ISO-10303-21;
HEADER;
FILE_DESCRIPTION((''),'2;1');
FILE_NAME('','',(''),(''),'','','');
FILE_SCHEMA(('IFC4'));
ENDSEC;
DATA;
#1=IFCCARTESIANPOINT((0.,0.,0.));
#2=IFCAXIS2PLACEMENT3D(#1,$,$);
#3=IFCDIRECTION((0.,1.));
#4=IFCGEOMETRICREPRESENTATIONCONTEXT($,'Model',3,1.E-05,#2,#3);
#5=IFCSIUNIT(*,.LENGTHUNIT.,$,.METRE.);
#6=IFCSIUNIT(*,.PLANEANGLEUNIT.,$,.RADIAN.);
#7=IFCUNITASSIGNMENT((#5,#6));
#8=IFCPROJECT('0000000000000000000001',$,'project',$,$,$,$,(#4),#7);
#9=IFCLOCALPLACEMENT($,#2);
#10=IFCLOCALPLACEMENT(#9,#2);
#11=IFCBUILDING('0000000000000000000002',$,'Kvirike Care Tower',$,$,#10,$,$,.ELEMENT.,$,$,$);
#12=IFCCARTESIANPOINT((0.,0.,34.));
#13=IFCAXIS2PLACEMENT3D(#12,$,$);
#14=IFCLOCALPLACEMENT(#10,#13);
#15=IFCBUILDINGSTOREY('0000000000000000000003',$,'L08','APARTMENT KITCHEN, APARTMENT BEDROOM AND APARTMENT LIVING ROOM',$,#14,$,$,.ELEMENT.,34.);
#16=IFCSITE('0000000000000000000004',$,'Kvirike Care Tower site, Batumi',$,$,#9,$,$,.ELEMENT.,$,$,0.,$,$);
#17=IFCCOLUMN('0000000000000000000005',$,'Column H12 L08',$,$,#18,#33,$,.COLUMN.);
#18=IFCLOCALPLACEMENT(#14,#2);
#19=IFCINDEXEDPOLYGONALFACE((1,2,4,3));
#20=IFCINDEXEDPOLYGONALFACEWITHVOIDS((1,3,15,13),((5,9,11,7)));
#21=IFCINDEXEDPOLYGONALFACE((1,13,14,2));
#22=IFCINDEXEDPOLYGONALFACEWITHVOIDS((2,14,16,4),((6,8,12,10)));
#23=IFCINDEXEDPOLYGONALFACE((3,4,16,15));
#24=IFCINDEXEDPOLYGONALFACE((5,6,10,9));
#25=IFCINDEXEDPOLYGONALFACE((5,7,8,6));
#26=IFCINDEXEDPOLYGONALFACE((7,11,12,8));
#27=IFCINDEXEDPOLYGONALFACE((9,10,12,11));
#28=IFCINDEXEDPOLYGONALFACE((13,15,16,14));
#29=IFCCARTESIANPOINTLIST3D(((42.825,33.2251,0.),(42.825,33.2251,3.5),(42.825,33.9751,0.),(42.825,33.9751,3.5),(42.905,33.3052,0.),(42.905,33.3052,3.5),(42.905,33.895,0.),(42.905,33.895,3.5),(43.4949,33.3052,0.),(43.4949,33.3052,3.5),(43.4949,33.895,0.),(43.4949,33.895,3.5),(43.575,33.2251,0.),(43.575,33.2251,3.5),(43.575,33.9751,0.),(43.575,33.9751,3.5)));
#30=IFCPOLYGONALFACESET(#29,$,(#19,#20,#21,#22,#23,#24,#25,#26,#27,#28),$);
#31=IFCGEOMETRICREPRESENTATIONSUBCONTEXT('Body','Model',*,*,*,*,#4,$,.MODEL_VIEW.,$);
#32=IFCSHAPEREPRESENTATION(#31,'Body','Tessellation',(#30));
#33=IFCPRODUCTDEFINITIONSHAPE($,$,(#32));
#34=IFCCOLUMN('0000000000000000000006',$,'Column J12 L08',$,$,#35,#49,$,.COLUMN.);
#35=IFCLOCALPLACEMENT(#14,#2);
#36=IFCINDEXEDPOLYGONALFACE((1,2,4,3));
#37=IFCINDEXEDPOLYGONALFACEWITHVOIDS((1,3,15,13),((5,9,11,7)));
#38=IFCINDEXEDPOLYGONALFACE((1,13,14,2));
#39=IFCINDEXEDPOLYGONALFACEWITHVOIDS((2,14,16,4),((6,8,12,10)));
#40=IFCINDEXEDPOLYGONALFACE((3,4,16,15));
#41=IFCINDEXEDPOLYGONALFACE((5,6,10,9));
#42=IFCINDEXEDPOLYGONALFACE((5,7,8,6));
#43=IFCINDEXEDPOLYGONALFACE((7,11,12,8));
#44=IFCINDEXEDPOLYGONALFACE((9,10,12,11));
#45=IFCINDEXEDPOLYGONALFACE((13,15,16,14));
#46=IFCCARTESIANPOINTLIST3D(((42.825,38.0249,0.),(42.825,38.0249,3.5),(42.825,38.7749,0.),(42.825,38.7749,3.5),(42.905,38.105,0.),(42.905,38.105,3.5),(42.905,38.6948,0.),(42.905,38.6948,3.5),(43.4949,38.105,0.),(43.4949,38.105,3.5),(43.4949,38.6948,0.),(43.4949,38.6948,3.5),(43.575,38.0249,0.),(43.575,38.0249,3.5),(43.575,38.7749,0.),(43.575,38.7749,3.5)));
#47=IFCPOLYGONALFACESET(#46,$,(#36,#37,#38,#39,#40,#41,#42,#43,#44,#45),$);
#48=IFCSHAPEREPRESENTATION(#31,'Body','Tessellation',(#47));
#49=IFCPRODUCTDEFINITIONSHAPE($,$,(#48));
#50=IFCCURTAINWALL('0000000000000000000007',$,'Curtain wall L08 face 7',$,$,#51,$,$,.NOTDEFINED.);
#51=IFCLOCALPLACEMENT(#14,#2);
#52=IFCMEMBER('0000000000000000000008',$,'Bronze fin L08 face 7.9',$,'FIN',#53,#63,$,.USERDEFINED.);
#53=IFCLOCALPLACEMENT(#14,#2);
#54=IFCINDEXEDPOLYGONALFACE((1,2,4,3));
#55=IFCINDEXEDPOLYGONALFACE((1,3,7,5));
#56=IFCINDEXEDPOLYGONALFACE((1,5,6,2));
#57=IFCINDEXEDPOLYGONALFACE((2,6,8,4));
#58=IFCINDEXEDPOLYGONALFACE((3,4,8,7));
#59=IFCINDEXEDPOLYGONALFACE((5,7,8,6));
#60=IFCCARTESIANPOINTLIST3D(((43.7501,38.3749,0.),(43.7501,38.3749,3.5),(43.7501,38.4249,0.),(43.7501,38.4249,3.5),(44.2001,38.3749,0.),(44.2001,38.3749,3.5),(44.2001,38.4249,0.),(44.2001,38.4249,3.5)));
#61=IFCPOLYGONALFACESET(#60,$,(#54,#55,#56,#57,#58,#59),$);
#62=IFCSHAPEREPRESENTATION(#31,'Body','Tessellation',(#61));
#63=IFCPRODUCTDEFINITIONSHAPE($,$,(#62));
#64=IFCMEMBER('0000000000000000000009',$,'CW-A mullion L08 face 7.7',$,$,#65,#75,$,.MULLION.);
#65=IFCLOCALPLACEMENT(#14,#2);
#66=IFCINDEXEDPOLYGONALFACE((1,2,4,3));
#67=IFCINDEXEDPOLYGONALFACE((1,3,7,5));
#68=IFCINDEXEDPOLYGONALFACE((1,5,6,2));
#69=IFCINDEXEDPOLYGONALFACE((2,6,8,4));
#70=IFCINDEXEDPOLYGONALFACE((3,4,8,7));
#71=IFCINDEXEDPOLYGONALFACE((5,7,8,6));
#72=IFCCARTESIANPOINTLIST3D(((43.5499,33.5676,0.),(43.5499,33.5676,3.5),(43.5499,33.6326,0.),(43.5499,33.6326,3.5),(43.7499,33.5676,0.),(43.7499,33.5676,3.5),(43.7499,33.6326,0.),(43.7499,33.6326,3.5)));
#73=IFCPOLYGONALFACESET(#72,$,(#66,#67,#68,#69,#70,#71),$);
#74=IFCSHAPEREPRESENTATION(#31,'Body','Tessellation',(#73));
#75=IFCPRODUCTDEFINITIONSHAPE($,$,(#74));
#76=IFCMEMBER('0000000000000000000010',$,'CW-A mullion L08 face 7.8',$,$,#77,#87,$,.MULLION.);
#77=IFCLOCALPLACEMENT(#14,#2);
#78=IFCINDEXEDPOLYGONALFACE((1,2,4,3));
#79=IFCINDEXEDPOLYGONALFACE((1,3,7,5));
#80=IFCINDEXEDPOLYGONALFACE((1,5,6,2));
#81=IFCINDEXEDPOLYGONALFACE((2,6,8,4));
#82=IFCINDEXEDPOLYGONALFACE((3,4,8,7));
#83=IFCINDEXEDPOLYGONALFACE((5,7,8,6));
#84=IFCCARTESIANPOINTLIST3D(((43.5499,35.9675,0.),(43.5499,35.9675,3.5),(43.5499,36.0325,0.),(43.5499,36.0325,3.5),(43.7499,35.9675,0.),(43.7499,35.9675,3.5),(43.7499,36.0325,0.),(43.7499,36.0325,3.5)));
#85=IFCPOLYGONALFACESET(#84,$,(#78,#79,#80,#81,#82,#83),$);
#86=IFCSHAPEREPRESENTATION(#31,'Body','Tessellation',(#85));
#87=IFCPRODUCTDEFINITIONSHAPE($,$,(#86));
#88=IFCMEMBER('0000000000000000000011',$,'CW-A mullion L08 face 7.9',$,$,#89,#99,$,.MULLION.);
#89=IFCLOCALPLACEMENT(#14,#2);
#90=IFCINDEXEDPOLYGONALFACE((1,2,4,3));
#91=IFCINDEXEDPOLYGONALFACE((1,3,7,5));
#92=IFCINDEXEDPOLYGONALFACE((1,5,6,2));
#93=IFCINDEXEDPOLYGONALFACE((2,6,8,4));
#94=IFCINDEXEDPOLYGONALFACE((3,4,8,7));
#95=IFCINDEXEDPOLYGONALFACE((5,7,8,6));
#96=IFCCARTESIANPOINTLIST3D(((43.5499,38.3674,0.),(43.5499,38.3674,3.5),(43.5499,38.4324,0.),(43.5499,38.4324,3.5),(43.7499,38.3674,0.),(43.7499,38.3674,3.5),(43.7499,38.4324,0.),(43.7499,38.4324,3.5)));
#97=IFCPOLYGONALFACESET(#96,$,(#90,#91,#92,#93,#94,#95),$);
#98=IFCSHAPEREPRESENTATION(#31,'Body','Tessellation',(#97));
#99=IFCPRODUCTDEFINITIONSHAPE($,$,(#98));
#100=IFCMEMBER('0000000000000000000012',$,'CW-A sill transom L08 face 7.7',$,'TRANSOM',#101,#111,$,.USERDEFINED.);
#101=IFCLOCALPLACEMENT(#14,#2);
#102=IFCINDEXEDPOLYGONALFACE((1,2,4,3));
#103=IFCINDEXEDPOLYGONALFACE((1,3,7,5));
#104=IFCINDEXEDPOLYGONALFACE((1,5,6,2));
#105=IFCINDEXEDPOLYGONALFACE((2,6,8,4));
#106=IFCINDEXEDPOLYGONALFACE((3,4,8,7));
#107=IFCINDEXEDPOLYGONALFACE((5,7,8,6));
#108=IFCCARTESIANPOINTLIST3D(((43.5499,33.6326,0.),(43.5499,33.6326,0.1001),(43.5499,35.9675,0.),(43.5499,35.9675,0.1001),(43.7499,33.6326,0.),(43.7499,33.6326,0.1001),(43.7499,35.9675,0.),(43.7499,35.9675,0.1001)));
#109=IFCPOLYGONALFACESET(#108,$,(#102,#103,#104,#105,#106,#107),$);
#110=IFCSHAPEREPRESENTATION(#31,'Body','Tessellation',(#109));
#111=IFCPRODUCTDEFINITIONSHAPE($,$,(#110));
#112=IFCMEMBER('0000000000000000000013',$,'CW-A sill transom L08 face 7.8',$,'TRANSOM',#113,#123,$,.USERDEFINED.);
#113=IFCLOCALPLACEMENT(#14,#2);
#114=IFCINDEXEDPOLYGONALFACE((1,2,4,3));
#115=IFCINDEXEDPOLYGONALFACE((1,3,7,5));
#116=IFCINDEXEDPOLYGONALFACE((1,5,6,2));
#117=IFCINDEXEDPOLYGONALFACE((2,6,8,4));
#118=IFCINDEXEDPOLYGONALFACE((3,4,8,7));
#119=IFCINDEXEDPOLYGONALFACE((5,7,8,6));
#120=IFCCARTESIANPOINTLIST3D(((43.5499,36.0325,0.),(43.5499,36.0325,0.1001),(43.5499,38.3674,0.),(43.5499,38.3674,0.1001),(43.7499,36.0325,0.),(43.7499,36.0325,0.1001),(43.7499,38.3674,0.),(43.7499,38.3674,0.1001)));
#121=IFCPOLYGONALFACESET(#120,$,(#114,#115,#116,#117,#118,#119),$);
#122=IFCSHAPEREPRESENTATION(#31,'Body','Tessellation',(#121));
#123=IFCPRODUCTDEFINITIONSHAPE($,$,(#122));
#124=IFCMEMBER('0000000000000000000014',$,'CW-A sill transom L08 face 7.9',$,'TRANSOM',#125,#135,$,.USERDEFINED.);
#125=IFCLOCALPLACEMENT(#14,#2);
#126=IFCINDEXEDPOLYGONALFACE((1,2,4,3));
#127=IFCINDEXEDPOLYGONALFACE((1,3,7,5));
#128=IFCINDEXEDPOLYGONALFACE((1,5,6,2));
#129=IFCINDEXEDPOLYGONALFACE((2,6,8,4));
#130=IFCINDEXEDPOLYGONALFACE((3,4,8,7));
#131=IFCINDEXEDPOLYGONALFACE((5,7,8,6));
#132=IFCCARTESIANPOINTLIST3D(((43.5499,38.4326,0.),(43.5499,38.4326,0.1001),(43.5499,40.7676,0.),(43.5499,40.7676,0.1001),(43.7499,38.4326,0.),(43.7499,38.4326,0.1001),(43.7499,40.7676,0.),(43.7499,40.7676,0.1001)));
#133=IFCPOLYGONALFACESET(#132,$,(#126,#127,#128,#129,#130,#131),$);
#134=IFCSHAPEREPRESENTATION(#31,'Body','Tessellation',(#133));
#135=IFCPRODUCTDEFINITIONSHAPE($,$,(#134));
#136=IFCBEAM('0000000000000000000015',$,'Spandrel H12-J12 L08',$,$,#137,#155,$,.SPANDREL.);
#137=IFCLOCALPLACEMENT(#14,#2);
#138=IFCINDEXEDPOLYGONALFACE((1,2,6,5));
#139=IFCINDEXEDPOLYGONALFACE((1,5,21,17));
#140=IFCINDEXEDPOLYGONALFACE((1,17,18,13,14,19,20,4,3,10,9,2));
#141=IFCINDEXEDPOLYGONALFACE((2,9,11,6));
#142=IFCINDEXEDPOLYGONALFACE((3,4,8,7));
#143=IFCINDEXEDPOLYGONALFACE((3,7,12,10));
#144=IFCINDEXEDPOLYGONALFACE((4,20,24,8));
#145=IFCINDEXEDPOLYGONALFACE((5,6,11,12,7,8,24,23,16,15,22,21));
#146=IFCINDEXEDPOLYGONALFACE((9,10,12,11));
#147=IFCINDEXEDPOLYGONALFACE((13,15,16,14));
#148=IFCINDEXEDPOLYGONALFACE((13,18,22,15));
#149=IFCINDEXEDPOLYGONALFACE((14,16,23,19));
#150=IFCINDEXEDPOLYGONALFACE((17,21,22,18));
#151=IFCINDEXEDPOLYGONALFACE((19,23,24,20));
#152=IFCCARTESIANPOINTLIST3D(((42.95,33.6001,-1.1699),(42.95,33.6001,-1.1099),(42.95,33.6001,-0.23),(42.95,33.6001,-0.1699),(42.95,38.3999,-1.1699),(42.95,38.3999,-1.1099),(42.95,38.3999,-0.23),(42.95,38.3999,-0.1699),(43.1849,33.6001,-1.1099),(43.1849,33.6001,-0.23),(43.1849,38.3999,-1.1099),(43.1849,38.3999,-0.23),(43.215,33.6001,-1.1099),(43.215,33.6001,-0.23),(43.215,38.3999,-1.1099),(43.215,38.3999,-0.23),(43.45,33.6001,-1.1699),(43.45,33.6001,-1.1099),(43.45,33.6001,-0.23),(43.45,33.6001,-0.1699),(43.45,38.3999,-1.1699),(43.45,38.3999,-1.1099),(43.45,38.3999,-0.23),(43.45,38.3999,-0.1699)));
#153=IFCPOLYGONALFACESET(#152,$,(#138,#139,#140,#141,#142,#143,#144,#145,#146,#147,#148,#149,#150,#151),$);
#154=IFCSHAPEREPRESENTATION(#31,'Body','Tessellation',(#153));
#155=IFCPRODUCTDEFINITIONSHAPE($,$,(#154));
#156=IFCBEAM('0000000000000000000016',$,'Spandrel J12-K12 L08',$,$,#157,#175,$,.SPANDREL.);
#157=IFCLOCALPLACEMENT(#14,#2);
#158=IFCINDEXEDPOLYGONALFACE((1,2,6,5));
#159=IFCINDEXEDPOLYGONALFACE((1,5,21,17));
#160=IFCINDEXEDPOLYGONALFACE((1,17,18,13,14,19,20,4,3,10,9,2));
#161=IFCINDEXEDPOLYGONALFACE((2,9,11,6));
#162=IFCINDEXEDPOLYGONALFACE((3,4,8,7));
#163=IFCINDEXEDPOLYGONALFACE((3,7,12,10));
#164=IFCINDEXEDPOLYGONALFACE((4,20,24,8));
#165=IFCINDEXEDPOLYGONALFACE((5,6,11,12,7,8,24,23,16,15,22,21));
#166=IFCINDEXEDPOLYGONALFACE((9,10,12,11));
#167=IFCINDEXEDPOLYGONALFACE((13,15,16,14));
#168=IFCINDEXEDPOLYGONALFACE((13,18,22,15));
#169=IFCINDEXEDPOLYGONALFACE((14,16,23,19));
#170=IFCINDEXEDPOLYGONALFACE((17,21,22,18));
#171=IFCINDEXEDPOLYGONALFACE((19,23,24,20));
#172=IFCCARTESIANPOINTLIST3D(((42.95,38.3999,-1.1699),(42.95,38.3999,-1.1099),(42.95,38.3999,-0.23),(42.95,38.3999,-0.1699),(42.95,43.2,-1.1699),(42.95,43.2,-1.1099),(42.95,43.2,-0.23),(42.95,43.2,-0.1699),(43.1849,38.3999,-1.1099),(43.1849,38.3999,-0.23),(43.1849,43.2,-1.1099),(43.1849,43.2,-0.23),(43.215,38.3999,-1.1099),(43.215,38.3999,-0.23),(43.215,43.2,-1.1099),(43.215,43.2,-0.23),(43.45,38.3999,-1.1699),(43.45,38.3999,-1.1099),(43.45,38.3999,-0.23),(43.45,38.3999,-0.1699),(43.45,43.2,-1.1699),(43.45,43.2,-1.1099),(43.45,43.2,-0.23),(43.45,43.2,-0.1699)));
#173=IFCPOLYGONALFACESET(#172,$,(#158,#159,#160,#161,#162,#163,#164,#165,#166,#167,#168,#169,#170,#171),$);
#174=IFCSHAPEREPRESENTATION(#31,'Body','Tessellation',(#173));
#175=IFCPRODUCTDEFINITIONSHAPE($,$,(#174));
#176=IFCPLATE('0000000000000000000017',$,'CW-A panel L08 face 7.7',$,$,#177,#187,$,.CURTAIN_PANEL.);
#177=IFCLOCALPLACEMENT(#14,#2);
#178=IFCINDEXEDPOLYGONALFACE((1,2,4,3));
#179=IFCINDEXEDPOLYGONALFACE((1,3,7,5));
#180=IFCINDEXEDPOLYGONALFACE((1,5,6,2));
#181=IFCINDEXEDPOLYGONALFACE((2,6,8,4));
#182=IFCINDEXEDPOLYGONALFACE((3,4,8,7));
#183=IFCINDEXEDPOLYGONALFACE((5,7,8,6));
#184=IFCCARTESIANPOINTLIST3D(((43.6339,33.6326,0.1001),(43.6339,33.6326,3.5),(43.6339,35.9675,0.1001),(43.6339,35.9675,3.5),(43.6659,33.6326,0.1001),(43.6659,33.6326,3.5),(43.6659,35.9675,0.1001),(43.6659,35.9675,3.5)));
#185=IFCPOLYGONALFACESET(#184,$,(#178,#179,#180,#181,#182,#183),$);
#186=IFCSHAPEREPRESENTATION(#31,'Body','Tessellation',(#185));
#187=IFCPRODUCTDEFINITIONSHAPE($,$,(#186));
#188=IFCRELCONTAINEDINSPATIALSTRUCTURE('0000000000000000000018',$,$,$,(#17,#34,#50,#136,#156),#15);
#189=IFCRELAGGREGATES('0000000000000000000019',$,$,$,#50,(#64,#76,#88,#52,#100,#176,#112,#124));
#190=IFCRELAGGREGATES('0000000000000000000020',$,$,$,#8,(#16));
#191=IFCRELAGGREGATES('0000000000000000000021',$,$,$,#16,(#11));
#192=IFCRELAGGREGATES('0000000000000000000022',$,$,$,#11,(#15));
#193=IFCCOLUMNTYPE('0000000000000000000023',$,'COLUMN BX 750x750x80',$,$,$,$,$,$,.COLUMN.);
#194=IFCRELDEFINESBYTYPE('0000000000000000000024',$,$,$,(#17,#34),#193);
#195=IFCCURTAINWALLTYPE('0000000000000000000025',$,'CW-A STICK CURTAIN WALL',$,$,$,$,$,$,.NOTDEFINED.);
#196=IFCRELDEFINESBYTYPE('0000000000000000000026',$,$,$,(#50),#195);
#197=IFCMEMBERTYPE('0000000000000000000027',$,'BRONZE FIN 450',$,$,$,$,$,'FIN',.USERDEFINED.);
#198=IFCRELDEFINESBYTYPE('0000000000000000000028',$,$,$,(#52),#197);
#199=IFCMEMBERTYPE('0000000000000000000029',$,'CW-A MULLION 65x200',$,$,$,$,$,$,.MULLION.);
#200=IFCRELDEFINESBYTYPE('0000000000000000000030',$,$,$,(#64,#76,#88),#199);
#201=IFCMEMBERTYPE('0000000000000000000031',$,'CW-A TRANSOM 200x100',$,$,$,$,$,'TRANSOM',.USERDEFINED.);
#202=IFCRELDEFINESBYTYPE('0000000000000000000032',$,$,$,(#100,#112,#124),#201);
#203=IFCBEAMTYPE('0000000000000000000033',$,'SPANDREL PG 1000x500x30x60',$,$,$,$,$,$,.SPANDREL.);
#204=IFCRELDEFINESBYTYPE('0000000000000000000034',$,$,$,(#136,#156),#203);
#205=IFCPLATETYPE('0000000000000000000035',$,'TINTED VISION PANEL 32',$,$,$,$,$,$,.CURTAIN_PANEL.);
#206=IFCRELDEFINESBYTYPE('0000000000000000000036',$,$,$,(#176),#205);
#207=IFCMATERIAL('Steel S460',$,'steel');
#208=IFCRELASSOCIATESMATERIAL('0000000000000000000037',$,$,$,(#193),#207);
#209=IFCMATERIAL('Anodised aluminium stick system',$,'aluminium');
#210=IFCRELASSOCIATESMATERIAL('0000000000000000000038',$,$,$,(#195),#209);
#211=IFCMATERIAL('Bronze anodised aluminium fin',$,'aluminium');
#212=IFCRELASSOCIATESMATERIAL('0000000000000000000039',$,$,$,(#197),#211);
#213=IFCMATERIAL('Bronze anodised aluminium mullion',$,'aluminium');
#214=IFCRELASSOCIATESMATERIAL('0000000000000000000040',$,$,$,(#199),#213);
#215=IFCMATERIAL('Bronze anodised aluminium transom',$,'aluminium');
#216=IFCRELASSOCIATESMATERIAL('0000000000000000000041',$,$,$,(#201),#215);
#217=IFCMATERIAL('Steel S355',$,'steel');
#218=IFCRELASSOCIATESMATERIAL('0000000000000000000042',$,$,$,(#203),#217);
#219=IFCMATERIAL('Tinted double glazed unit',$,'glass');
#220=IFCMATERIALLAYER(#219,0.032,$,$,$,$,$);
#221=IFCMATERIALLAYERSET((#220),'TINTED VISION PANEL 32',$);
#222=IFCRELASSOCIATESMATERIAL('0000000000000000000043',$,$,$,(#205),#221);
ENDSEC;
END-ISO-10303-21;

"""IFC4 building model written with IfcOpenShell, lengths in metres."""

from ifc_helpers import new_model, si_unit, direction, frame, origin, origin_2d, place, context, subcontext, project, spatial, rectangle, hollow_rectangle, i_section, extrude, material, layer, layer_set, material_profile, profile_set, type_object, element, aggregate, save


model = new_model("IFC4")

# Units and contexts
model_context = context("Model", 3, precision=1e-05, world=origin(), true_north=direction((0.0, 1.0)))
body_context = subcontext(model_context, "Body", "Model", "MODEL_VIEW")
ifc_project = project(units=[si_unit("LENGTHUNIT", "METRE"), si_unit("PLANEANGLEUNIT", "RADIAN")], contexts=[model_context])

# Site, building, storey
site_placement = place(None, origin())
site = spatial("IfcSite", under=ifc_project, at=site_placement, Name="Kvirike Care Tower site, Batumi", CompositionType="ELEMENT", RefElevation=0.0)
building_placement = place(site_placement, origin())
building = spatial("IfcBuilding", under=site, at=building_placement, Name="Kvirike Care Tower", CompositionType="ELEMENT")
storey_placement = place(building_placement, frame((0.0, 0.0, 34.0)))
storey = spatial("IfcBuildingStorey", under=building, at=storey_placement, Name="L08", Description="APARTMENT KITCHEN, APARTMENT BEDROOM AND APARTMENT LIVING ROOM", CompositionType="ELEMENT", Elevation=34.0)

# Columns
ifc_material_1 = material(Name="Steel S460", Category="steel")
ifc_material_profile_1 = material_profile(ifc_material_1, hollow_rectangle(XDim=0.75, YDim=0.75, WallThickness=0.0801, at=origin_2d()), Name="BX 750x750x80")
ifc_profile_set_1 = profile_set([ifc_material_profile_1], Name="Steel S460")
column_type = type_object("IfcColumnType", Name="COLUMN BX 750x750x80", PredefinedType="COLUMN", material=ifc_profile_set_1)
for number, where, z_axis, x_axis, name in (
    (1, (43.2, 33.6001, 0.0), (0.0, 0.0, 1.0), (1.0, 0.0, 0.0), "Column H12 L08"),
    (2, (43.2, 38.3999, 0.0), (0.0, 0.0, 1.0), (1.0, 0.0, 0.0), "Column J12 L08"),
):
    element("IfcColumn", number, at=place(storey_placement, frame(where, z_axis=z_axis, x_axis=x_axis)), inside=storey, type_object=column_type, Name=name, PredefinedType="COLUMN", context=body_context, shape_type="SweptSolid", body=[
        extrude(hollow_rectangle(XDim=0.75, YDim=0.75, WallThickness=0.0801, at=origin_2d()), origin(), (0.0, 0.0, 1.0), 3.5),
    ])

# Curtain wall, members
ifc_material_2 = material(Name="Anodised aluminium stick system", Category="aluminium")
curtain_wall_type = type_object("IfcCurtainWallType", Name="CW-A STICK CURTAIN WALL", PredefinedType="NOTDEFINED", material=ifc_material_2)
curtain_wall_placement = place(storey_placement, origin())
curtain_wall = element("IfcCurtainWall", 3, at=curtain_wall_placement, inside=storey, type_object=curtain_wall_type, Name="Curtain wall L08 face 7", PredefinedType="NOTDEFINED")
ifc_material_3 = material(Name="Bronze anodised aluminium fin", Category="aluminium")
ifc_material_profile_2 = material_profile(ifc_material_3, rectangle(XDim=0.05, YDim=0.45, at=origin_2d()), Name="BRONZE FIN 450")
ifc_profile_set_2 = profile_set([ifc_material_profile_2], Name="Bronze anodised aluminium fin")
member_type_1 = type_object("IfcMemberType", Name="BRONZE FIN 450", ElementType="FIN", PredefinedType="USERDEFINED", material=ifc_profile_set_2)
member_1_placement = place(storey_placement, frame((43.9751, 38.3999, 0.0), z_axis=(0.0, 0.0, 1.0), x_axis=(0.0, 1.0, 0.0)))
member_1 = element("IfcMember", 4, at=member_1_placement, type_object=member_type_1, Name="Bronze fin L08 face 7.9", ObjectType="FIN", PredefinedType="USERDEFINED", context=body_context, shape_type="SweptSolid", body=[
    extrude(rectangle(XDim=0.05, YDim=0.45, at=origin_2d()), origin(), (0.0, 0.0, 1.0), 3.5),
])
ifc_material_4 = material(Name="Bronze anodised aluminium mullion", Category="aluminium")
ifc_material_profile_3 = material_profile(ifc_material_4, rectangle(XDim=0.0649, YDim=0.2, at=origin_2d()), Name="CW-A MULLION 65x200")
ifc_profile_set_3 = profile_set([ifc_material_profile_3], Name="Bronze anodised aluminium mullion")
member_type_2 = type_object("IfcMemberType", Name="CW-A MULLION 65x200", PredefinedType="MULLION", material=ifc_profile_set_3)
member_2_placement = place(storey_placement, frame((43.6499, 33.6001, 0.0), z_axis=(0.0, 0.0, 1.0), x_axis=(0.0, 1.0, 0.0)))
member_2 = element("IfcMember", 5, at=member_2_placement, type_object=member_type_2, Name="CW-A mullion L08 face 7.7", PredefinedType="MULLION", context=body_context, shape_type="SweptSolid", body=[
    extrude(rectangle(XDim=0.0649, YDim=0.2, at=origin_2d()), origin(), (0.0, 0.0, 1.0), 3.5),
])
member_3_placement = place(storey_placement, frame((43.6499, 36.0, 0.0), z_axis=(0.0, 0.0, 1.0), x_axis=(0.0, 1.0, 0.0)))
member_3 = element("IfcMember", 6, at=member_3_placement, type_object=member_type_2, Name="CW-A mullion L08 face 7.8", PredefinedType="MULLION", context=body_context, shape_type="SweptSolid", body=[
    extrude(rectangle(XDim=0.0649, YDim=0.2, at=origin_2d()), origin(), (0.0, 0.0, 1.0), 3.5),
])
member_4_placement = place(storey_placement, frame((43.6499, 38.3999, 0.0), z_axis=(0.0, 0.0, 1.0), x_axis=(0.0, 1.0, 0.0)))
member_4 = element("IfcMember", 7, at=member_4_placement, type_object=member_type_2, Name="CW-A mullion L08 face 7.9", PredefinedType="MULLION", context=body_context, shape_type="SweptSolid", body=[
    extrude(rectangle(XDim=0.0649, YDim=0.2, at=origin_2d()), origin(), (0.0, 0.0, 1.0), 3.5),
])
ifc_material_5 = material(Name="Bronze anodised aluminium transom", Category="aluminium")
ifc_material_profile_4 = material_profile(ifc_material_5, rectangle(XDim=0.2, YDim=0.1001, at=origin_2d()), Name="CW-A TRANSOM 200x100")
ifc_profile_set_4 = profile_set([ifc_material_profile_4], Name="Bronze anodised aluminium transom")
member_type_3 = type_object("IfcMemberType", Name="CW-A TRANSOM 200x100", ElementType="TRANSOM", PredefinedType="USERDEFINED", material=ifc_profile_set_4)
member_5_placement = place(storey_placement, frame((43.6499, 33.6326, 0.05), z_axis=(0.0, 1.0, 0.0), x_axis=(-1.0, 0.0, 0.0)))
member_5 = element("IfcMember", 8, at=member_5_placement, type_object=member_type_3, Name="CW-A sill transom L08 face 7.7", ObjectType="TRANSOM", PredefinedType="USERDEFINED", context=body_context, shape_type="SweptSolid", body=[
    extrude(rectangle(XDim=0.2, YDim=0.1001, at=origin_2d()), origin(), (0.0, 0.0, 1.0), 2.335),
])
member_6_placement = place(storey_placement, frame((43.6499, 36.0325, 0.05), z_axis=(0.0, 1.0, 0.0), x_axis=(-1.0, 0.0, 0.0)))
member_6 = element("IfcMember", 9, at=member_6_placement, type_object=member_type_3, Name="CW-A sill transom L08 face 7.8", ObjectType="TRANSOM", PredefinedType="USERDEFINED", context=body_context, shape_type="SweptSolid", body=[
    extrude(rectangle(XDim=0.2, YDim=0.1001, at=origin_2d()), origin(), (0.0, 0.0, 1.0), 2.335),
])
member_7_placement = place(storey_placement, frame((43.6499, 38.4326, 0.05), z_axis=(0.0, 1.0, 0.0), x_axis=(-1.0, 0.0, 0.0)))
member_7 = element("IfcMember", 10, at=member_7_placement, type_object=member_type_3, Name="CW-A sill transom L08 face 7.9", ObjectType="TRANSOM", PredefinedType="USERDEFINED", context=body_context, shape_type="SweptSolid", body=[
    extrude(rectangle(XDim=0.2, YDim=0.1001, at=origin_2d()), origin(), (0.0, 0.0, 1.0), 2.335),
])

# Beams
ifc_material_6 = material(Name="Steel S355", Category="steel")
ifc_material_profile_5 = material_profile(ifc_material_6, i_section(OverallWidth=0.5, OverallDepth=1.0, WebThickness=0.03, FlangeThickness=0.0601, at=origin_2d()), Name="PG 1000x500x30x60")
ifc_profile_set_5 = profile_set([ifc_material_profile_5], Name="Steel S355")
beam_type = type_object("IfcBeamType", Name="SPANDREL PG 1000x500x30x60", PredefinedType="SPANDREL", material=ifc_profile_set_5)
beam_1_placement = place(storey_placement, frame((43.2, 33.6001, -0.6699), z_axis=(0.0, 1.0, 0.0), x_axis=(-1.0, 0.0, 0.0)))
element("IfcBeam", 11, at=beam_1_placement, inside=storey, type_object=beam_type, Name="Spandrel H12-J12 L08", PredefinedType="SPANDREL", context=body_context, shape_type="SweptSolid", body=[
    extrude(i_section(OverallWidth=0.5, OverallDepth=1.0, WebThickness=0.03, FlangeThickness=0.0601, at=origin_2d()), origin(), (0.0, 0.0, 1.0), 4.7998),
])
beam_2_placement = place(storey_placement, frame((43.2, 38.3999, -0.6699), z_axis=(0.0, 1.0, 0.0), x_axis=(-1.0, 0.0, 0.0)))
element("IfcBeam", 12, at=beam_2_placement, inside=storey, type_object=beam_type, Name="Spandrel J12-K12 L08", PredefinedType="SPANDREL", context=body_context, shape_type="SweptSolid", body=[
    extrude(i_section(OverallWidth=0.5, OverallDepth=1.0, WebThickness=0.03, FlangeThickness=0.0601, at=origin_2d()), origin(), (0.0, 0.0, 1.0), 4.8),
])

# Plate
ifc_material_7 = material(Name="Tinted double glazed unit", Category="glass")
ifc_layer_1 = layer(ifc_material_7, 0.032)
ifc_layer_set_1 = layer_set([ifc_layer_1], Name="TINTED VISION PANEL 32")
plate_type = type_object("IfcPlateType", Name="TINTED VISION PANEL 32", PredefinedType="CURTAIN_PANEL", material=ifc_layer_set_1)
plate_1_placement = place(storey_placement, frame((43.6499, 34.8, 0.1001), z_axis=(0.0, 0.0, 1.0), x_axis=(0.0, 1.0, 0.0)))
plate_1 = element("IfcPlate", 13, at=plate_1_placement, type_object=plate_type, Name="CW-A panel L08 face 7.7", PredefinedType="CURTAIN_PANEL", context=body_context, shape_type="SweptSolid", body=[
    extrude(rectangle(XDim=2.335, YDim=0.032, at=origin_2d()), origin(), (0.0, 0.0, 1.0), 3.3999),
])
aggregate(curtain_wall, [member_2, member_3, member_4, member_1, member_5, plate_1, member_6, member_7])

save(model, "model.ifc")
